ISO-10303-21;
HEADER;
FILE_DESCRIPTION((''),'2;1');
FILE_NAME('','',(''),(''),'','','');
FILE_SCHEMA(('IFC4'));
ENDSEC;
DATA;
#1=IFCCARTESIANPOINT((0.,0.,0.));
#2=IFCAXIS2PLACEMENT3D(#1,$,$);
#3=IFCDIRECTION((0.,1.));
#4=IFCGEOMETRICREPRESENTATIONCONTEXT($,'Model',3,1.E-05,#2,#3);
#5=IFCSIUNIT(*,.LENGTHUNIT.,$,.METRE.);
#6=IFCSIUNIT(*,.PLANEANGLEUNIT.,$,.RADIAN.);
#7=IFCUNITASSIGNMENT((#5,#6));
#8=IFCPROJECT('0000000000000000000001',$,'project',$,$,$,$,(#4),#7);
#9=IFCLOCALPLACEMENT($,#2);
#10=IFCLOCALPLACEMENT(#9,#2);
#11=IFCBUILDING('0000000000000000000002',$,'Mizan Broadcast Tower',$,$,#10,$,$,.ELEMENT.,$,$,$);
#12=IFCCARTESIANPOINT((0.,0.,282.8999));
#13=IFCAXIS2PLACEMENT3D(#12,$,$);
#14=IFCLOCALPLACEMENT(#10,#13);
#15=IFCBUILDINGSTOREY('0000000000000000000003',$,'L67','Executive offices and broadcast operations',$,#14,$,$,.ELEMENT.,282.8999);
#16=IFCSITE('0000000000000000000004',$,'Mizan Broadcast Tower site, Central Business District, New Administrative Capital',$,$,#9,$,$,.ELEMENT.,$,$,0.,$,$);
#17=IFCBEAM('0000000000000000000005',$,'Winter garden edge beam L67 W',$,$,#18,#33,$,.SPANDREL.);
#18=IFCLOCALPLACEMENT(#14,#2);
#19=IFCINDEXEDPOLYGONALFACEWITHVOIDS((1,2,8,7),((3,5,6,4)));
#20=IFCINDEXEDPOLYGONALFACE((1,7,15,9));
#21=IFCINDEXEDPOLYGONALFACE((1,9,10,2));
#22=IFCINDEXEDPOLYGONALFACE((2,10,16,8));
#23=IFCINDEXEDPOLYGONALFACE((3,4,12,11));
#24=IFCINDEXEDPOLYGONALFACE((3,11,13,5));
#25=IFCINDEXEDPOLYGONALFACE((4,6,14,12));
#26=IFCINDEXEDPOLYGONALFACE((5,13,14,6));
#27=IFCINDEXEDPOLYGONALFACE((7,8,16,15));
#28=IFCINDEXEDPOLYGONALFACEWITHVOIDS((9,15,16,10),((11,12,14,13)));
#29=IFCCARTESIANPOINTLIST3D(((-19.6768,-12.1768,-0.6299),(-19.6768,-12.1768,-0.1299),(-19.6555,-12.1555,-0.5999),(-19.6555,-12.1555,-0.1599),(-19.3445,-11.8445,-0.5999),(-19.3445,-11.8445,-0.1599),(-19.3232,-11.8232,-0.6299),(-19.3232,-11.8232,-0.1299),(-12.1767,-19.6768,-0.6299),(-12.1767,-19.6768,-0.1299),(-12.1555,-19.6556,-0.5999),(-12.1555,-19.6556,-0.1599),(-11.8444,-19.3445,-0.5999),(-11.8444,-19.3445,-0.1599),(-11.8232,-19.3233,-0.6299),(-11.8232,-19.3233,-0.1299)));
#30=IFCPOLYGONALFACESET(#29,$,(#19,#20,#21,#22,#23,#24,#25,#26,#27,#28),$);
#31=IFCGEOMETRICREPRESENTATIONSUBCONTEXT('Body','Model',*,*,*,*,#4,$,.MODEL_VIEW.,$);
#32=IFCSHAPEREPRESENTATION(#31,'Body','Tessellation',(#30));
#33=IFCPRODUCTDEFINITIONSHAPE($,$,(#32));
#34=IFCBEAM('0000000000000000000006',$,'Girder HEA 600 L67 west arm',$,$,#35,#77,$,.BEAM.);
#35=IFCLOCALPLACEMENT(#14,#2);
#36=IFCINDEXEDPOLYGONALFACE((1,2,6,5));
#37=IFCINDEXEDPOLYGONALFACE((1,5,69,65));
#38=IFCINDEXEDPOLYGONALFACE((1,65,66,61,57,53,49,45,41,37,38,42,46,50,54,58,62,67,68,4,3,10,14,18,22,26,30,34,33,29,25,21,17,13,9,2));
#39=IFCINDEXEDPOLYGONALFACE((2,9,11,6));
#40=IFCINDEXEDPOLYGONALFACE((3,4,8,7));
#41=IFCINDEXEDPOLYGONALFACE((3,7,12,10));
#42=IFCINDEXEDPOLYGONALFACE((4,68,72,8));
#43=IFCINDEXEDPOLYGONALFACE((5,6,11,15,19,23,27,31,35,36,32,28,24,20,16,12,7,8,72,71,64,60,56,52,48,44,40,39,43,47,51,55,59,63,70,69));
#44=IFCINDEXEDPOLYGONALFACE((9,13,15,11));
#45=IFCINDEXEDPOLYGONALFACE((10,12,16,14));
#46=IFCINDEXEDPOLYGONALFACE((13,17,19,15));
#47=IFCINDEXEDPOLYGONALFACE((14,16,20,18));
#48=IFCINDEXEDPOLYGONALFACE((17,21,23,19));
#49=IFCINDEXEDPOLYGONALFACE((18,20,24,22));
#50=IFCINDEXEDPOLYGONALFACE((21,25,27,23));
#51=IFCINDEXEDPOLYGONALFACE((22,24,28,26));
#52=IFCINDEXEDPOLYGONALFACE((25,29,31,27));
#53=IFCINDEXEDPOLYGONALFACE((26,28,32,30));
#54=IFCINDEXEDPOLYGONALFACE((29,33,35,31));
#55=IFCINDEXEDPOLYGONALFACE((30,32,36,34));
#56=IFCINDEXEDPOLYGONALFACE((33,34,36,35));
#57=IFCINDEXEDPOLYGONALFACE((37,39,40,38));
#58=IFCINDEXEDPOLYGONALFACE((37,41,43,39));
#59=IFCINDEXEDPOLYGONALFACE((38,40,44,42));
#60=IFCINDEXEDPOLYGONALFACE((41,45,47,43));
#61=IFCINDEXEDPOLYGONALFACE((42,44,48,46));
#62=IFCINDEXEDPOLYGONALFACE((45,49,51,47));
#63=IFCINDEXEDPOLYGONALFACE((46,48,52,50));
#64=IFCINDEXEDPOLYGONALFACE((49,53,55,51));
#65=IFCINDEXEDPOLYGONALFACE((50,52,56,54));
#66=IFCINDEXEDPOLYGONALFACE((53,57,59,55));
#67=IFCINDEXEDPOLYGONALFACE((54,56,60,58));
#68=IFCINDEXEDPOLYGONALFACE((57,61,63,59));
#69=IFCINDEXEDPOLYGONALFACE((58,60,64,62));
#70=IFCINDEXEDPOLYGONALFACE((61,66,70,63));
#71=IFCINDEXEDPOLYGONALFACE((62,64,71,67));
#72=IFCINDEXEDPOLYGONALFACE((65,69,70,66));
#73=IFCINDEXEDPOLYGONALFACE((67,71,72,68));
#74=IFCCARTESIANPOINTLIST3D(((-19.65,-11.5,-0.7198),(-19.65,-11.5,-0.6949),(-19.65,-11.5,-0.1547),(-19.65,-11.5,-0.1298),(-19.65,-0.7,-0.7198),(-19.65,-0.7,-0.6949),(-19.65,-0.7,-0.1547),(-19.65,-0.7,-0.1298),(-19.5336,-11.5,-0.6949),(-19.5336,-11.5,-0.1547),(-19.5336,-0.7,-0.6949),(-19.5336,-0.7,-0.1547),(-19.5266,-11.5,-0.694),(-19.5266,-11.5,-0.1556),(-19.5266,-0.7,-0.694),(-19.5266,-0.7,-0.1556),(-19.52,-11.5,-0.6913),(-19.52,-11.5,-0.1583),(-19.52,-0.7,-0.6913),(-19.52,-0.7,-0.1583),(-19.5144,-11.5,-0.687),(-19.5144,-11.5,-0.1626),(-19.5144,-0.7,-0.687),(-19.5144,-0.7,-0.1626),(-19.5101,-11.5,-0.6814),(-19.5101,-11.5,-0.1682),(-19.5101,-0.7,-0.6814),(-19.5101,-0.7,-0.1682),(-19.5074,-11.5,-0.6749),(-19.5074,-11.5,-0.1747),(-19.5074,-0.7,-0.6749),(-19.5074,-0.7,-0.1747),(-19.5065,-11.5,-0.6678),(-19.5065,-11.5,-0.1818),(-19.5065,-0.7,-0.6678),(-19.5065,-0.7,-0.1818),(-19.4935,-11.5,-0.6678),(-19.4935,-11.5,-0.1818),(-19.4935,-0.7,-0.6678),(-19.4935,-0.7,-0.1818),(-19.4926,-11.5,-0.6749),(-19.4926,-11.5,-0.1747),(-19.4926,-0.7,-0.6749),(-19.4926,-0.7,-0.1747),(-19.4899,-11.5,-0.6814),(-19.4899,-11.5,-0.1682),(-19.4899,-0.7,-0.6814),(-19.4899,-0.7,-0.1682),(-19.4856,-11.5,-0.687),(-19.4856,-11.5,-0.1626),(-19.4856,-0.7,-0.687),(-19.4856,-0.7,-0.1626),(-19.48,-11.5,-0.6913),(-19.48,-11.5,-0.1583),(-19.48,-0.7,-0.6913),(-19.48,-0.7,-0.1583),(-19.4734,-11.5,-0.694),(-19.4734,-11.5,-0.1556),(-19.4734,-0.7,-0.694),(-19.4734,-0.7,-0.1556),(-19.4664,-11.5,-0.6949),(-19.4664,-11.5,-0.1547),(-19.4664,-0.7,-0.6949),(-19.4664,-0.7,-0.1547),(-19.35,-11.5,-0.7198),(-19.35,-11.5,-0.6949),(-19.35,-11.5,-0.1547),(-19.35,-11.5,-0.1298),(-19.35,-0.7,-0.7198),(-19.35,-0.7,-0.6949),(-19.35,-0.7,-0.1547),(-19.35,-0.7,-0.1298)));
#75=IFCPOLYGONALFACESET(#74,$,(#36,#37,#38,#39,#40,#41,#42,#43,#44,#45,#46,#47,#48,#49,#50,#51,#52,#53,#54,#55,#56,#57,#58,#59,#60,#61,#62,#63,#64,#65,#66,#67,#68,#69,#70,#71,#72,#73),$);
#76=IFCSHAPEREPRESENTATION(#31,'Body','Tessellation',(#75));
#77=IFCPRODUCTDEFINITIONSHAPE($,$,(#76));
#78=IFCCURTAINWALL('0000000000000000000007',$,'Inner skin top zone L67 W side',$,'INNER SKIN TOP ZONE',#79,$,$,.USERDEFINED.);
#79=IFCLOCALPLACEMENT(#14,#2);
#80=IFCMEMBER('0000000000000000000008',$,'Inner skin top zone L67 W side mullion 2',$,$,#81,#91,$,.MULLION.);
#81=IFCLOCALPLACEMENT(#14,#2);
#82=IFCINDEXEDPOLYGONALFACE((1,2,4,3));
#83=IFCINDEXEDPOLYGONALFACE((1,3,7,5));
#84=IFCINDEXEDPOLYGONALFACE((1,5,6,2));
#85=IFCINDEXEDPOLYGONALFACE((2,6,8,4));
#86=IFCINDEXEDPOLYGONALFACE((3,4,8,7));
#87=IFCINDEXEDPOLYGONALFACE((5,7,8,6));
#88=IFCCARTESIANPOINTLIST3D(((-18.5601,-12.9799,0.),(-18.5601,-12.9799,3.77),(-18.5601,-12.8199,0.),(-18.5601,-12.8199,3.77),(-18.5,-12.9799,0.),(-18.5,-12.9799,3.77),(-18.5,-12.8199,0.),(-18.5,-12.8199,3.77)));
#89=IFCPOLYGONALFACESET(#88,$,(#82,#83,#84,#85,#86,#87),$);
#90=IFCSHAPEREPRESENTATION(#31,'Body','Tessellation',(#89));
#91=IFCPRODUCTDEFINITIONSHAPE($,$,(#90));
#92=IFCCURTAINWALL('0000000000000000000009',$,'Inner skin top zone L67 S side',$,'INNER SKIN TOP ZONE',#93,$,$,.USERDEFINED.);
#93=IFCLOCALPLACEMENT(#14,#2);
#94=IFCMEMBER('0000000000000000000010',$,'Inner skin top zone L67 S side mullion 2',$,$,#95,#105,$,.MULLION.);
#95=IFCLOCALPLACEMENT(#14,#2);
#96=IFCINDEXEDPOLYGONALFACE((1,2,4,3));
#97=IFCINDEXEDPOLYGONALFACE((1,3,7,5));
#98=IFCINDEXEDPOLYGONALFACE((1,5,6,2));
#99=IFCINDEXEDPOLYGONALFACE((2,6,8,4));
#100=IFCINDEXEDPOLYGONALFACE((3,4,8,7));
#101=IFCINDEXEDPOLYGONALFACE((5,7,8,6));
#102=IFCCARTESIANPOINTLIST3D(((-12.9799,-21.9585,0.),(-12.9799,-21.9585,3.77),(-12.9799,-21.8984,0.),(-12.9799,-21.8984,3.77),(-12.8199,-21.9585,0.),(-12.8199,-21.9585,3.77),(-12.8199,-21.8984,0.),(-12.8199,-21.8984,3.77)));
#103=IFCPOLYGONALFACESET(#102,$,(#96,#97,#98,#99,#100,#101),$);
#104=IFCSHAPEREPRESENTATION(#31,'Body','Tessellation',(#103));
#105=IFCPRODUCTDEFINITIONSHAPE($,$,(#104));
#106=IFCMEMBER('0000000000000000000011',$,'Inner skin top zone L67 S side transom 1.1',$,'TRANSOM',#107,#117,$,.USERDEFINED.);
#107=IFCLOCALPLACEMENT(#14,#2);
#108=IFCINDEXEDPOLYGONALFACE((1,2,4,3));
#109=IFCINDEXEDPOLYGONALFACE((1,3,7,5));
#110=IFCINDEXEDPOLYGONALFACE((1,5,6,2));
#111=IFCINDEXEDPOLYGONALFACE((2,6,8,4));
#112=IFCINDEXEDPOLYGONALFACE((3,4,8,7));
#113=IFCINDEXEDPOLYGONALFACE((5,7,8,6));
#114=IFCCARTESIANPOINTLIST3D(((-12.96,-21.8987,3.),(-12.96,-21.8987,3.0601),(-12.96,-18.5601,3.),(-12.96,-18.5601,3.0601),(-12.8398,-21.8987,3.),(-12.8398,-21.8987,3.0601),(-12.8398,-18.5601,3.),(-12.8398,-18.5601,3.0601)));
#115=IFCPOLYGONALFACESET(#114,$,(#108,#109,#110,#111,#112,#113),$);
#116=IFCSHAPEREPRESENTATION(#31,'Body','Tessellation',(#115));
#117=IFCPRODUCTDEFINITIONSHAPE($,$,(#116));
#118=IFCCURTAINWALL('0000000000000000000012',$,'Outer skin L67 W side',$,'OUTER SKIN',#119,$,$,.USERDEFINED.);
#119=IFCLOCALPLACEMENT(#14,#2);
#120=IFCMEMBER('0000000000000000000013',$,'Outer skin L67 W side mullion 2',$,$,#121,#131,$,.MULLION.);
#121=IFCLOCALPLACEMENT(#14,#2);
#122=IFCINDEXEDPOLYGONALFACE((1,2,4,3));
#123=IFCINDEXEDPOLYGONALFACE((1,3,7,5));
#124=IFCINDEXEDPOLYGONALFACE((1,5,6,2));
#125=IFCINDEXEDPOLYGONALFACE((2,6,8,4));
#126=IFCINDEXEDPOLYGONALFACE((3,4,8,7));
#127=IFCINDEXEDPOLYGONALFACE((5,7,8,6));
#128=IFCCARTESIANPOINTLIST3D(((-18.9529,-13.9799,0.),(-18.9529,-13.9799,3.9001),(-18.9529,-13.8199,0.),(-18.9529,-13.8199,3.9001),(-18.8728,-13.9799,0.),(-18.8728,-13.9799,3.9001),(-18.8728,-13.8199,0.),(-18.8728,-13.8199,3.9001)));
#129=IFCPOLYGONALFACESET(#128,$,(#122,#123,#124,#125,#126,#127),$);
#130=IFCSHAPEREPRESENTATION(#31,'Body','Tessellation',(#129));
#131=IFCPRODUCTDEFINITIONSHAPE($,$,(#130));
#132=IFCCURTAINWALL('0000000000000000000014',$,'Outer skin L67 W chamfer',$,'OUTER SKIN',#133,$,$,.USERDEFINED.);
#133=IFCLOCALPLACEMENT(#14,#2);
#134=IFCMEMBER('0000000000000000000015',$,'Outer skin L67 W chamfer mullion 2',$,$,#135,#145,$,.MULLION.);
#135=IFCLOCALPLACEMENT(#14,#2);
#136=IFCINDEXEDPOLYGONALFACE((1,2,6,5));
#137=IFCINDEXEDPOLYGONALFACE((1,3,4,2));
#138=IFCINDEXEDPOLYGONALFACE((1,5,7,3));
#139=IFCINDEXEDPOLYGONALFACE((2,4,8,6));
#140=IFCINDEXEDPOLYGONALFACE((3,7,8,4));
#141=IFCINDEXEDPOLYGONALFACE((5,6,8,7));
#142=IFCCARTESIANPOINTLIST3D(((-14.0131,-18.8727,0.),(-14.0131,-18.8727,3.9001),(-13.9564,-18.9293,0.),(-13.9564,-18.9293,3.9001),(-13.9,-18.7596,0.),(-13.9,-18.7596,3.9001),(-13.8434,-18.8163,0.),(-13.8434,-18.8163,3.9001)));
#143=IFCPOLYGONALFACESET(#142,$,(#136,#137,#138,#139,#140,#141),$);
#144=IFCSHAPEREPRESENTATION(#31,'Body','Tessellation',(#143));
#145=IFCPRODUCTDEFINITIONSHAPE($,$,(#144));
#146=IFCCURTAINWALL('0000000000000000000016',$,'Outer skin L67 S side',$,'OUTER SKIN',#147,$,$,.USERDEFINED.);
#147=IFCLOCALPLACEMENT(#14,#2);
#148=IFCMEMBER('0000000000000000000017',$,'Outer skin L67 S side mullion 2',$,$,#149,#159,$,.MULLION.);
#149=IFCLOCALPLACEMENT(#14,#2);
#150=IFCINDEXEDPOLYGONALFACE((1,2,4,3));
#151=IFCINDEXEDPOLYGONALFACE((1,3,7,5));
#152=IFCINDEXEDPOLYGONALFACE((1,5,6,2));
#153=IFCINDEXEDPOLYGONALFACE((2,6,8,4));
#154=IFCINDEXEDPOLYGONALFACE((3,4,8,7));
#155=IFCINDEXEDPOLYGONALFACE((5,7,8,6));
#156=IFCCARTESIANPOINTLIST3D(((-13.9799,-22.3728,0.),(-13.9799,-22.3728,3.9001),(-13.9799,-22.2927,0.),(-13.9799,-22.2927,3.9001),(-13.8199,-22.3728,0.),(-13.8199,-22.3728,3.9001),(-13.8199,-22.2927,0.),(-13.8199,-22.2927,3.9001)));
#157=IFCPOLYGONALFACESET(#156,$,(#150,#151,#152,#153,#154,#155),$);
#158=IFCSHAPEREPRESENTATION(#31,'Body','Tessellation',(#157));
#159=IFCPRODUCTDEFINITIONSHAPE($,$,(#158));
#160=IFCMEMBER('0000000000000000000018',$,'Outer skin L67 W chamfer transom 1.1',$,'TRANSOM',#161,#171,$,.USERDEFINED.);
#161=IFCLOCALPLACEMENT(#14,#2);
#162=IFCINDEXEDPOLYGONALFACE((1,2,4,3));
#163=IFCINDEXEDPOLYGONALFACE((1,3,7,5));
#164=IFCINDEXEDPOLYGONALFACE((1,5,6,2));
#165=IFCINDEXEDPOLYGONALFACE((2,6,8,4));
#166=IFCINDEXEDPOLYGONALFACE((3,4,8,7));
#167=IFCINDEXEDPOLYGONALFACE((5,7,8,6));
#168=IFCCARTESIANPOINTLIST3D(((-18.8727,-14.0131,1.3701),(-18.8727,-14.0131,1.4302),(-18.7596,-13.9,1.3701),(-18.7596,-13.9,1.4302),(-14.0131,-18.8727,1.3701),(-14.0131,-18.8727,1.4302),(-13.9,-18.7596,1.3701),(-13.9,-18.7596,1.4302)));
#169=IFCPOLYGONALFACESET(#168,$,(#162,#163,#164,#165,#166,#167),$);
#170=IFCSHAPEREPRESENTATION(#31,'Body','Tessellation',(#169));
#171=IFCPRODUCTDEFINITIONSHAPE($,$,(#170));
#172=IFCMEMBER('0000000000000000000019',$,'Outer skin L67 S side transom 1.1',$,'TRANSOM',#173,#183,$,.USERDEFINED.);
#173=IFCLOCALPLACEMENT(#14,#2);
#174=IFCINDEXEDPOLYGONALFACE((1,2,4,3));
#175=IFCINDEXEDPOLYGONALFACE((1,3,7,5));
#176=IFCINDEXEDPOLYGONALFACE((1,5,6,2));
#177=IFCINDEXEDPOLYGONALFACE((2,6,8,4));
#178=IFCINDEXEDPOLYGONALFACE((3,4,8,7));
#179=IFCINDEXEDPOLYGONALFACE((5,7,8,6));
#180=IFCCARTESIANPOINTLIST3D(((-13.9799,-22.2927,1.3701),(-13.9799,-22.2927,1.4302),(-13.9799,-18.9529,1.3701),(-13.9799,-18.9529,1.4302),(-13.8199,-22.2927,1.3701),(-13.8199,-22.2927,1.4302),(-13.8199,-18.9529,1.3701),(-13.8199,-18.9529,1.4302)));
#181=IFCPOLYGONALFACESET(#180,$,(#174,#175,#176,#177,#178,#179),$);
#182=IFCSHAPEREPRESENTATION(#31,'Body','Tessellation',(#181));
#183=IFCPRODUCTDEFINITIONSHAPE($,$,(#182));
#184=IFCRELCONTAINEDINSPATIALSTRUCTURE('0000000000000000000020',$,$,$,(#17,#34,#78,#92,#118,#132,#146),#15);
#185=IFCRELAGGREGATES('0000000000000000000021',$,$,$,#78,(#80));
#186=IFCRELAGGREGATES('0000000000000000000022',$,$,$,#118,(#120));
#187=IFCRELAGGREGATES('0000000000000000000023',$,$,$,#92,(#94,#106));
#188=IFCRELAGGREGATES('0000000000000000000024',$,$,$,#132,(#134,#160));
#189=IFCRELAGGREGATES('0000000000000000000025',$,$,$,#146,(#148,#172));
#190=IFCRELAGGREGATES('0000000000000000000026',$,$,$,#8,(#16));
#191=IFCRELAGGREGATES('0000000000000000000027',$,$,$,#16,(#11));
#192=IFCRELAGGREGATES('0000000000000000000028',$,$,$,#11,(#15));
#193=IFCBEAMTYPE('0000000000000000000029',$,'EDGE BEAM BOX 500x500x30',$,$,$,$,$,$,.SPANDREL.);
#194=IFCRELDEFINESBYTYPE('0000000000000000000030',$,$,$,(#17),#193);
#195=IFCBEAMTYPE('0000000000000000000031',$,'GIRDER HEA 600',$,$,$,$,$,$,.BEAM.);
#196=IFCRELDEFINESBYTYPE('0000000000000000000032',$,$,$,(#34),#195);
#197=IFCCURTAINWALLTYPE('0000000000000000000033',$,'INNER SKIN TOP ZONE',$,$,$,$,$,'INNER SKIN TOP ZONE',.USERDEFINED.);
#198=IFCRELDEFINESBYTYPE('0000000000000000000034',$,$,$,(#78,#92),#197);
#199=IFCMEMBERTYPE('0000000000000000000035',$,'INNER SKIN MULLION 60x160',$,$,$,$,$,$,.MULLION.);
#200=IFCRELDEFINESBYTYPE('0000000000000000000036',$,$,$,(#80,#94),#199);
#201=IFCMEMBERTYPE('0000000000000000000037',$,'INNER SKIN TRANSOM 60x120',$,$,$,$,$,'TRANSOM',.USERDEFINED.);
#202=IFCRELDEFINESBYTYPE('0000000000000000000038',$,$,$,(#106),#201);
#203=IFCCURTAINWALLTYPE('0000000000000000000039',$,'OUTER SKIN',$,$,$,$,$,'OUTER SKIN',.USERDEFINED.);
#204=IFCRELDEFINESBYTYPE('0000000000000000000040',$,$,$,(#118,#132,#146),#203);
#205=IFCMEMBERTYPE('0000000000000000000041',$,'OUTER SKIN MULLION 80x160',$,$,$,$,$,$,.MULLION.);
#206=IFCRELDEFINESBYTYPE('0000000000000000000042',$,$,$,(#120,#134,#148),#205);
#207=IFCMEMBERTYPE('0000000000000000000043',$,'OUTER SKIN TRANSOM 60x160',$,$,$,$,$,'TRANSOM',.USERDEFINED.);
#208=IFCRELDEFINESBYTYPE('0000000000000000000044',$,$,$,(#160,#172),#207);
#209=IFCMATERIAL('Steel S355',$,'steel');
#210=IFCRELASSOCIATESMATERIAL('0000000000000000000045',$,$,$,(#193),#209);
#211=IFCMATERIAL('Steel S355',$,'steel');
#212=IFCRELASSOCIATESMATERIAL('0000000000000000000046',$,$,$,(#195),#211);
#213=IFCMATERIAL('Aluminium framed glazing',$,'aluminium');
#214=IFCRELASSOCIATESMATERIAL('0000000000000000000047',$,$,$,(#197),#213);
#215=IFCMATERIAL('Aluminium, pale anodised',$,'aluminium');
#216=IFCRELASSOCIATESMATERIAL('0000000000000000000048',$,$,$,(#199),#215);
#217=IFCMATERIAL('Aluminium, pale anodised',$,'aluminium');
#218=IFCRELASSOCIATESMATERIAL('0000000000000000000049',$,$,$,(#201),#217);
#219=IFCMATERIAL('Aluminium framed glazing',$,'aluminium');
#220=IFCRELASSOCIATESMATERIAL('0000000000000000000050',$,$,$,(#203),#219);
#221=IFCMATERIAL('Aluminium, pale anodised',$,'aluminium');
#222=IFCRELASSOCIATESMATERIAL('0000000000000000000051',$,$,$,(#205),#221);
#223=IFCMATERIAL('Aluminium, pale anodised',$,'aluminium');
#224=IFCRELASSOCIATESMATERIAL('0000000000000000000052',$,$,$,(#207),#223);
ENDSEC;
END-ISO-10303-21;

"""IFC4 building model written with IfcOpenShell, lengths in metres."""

from ifc_helpers import new_model, si_unit, direction, frame, origin, origin_2d, place, context, subcontext, project, spatial, rectangle, hollow_rectangle, i_section, extrude, material, material_profile, profile_set, type_object, element, aggregate, save


model = new_model("IFC4")

# Units and contexts
model_context = context("Model", 3, precision=1e-05, world=origin(), true_north=direction((0.0, 1.0)))
body_context = subcontext(model_context, "Body", "Model", "MODEL_VIEW")
ifc_project = project(units=[si_unit("LENGTHUNIT", "METRE"), si_unit("PLANEANGLEUNIT", "RADIAN")], contexts=[model_context])

# Site, building, storey
site_placement = place(None, origin())
site = spatial("IfcSite", under=ifc_project, at=site_placement, Name="Mizan Broadcast Tower site, Central Business District, New Administrative Capital", CompositionType="ELEMENT", RefElevation=0.0)
building_placement = place(site_placement, origin())
building = spatial("IfcBuilding", under=site, at=building_placement, Name="Mizan Broadcast Tower", CompositionType="ELEMENT")
storey_placement = place(building_placement, frame((0.0, 0.0, 282.8999)))
storey = spatial("IfcBuildingStorey", under=building, at=storey_placement, Name="L67", Description="Executive offices and broadcast operations", CompositionType="ELEMENT", Elevation=282.8999)

# Beams
ifc_material_1 = material(Name="Steel S355", Category="steel")
ifc_material_profile_1 = material_profile(ifc_material_1, hollow_rectangle(XDim=0.5, YDim=0.5, WallThickness=0.03, at=origin_2d()), Name="BOX 500x500x30")
ifc_profile_set_1 = profile_set([ifc_material_profile_1], Name="Steel S355")
beam_type_1 = type_object("IfcBeamType", Name="EDGE BEAM BOX 500x500x30", PredefinedType="SPANDREL", material=ifc_profile_set_1)
beam_1_placement = place(storey_placement, frame((-19.5, -12.0, -0.3799), z_axis=(0.707107, -0.707107, 0.0), x_axis=(0.707107, 0.707107, 0.0)))
element("IfcBeam", 1, at=beam_1_placement, inside=storey, type_object=beam_type_1, Name="Winter garden edge beam L67 W", PredefinedType="SPANDREL", context=body_context, shape_type="SweptSolid", body=[
    extrude(hollow_rectangle(XDim=0.5, YDim=0.5, WallThickness=0.03, at=origin_2d()), origin(), (0.0, 0.0, 1.0), 10.6067),
])
ifc_material_2 = material(Name="Steel S355", Category="steel")
ifc_material_profile_2 = material_profile(ifc_material_2, i_section(OverallWidth=0.3, OverallDepth=0.5901, WebThickness=0.0129, FlangeThickness=0.0249, FilletRadius=0.0271, at=origin_2d()), Name="HEA 600")
ifc_profile_set_2 = profile_set([ifc_material_profile_2], Name="Steel S355")
beam_type_2 = type_object("IfcBeamType", Name="GIRDER HEA 600", PredefinedType="BEAM", material=ifc_profile_set_2)
beam_2_placement = place(storey_placement, frame((-19.5, -11.5, -0.4248), z_axis=(0.0, 1.0, 0.0), x_axis=(-1.0, 0.0, 0.0)))
element("IfcBeam", 2, at=beam_2_placement, inside=storey, type_object=beam_type_2, Name="Girder HEA 600 L67 west arm", PredefinedType="BEAM", context=body_context, shape_type="SweptSolid", body=[
    extrude(i_section(OverallWidth=0.3, OverallDepth=0.5901, WebThickness=0.0129, FlangeThickness=0.0249, FilletRadius=0.0271, at=origin_2d()), origin(), (0.0, 0.0, 1.0), 10.8),
])

# Curtain wall, member
ifc_material_3 = material(Name="Aluminium framed glazing", Category="aluminium")
curtain_wall_type_1 = type_object("IfcCurtainWallType", Name="INNER SKIN TOP ZONE", ElementType="INNER SKIN TOP ZONE", PredefinedType="USERDEFINED", material=ifc_material_3)
curtain_wall_1_placement = place(storey_placement, origin())
curtain_wall_1 = element("IfcCurtainWall", 3, at=curtain_wall_1_placement, inside=storey, type_object=curtain_wall_type_1, Name="Inner skin top zone L67 W side", ObjectType="INNER SKIN TOP ZONE", PredefinedType="USERDEFINED")
ifc_material_4 = material(Name="Aluminium, pale anodised", Category="aluminium")
ifc_material_profile_3 = material_profile(ifc_material_4, rectangle(XDim=0.1599, YDim=0.0601, at=origin_2d()), Name="MULLION 160x60")
ifc_profile_set_3 = profile_set([ifc_material_profile_3], Name="Aluminium, pale anodised")
member_type_1 = type_object("IfcMemberType", Name="INNER SKIN MULLION 60x160", PredefinedType="MULLION", material=ifc_profile_set_3)
member_1_placement = place(storey_placement, frame((-18.53, -12.8999, 0.0), z_axis=(0.0, 0.0, 1.0), x_axis=(0.0, 1.0, 0.0)))
member_1 = element("IfcMember", 4, at=member_1_placement, type_object=member_type_1, Name="Inner skin top zone L67 W side mullion 2", PredefinedType="MULLION", context=body_context, shape_type="SweptSolid", body=[
    extrude(rectangle(XDim=0.1599, YDim=0.0601, at=origin_2d()), origin(), (0.0, 0.0, 1.0), 3.77),
])
aggregate(curtain_wall_1, [member_1])

# Curtain wall, members
curtain_wall_2_placement = place(storey_placement, origin())
curtain_wall_2 = element("IfcCurtainWall", 5, at=curtain_wall_2_placement, inside=storey, type_object=curtain_wall_type_1, Name="Inner skin top zone L67 S side", ObjectType="INNER SKIN TOP ZONE", PredefinedType="USERDEFINED")
member_2_placement = place(storey_placement, frame((-12.8999, -21.9285, 0.0), z_axis=(0.0, 0.0, 1.0), x_axis=(1.0, 0.0, 0.0)))
member_2 = element("IfcMember", 6, at=member_2_placement, type_object=member_type_1, Name="Inner skin top zone L67 S side mullion 2", PredefinedType="MULLION", context=body_context, shape_type="SweptSolid", body=[
    extrude(rectangle(XDim=0.1599, YDim=0.0601, at=origin_2d()), origin(), (0.0, 0.0, 1.0), 3.77),
])
ifc_material_5 = material(Name="Aluminium, pale anodised", Category="aluminium")
ifc_material_profile_4 = material_profile(ifc_material_5, rectangle(XDim=0.1201, YDim=0.0601, at=origin_2d()), Name="TRANSOM 120x60")
ifc_profile_set_4 = profile_set([ifc_material_profile_4], Name="Aluminium, pale anodised")
member_type_2 = type_object("IfcMemberType", Name="INNER SKIN TRANSOM 60x120", ElementType="TRANSOM", PredefinedType="USERDEFINED", material=ifc_profile_set_4)
member_3_placement = place(storey_placement, frame((-12.8999, -18.5601, 3.03), z_axis=(0.0, -1.0, 0.0), x_axis=(1.0, 0.0, 0.0)))
member_3 = element("IfcMember", 7, at=member_3_placement, type_object=member_type_2, Name="Inner skin top zone L67 S side transom 1.1", ObjectType="TRANSOM", PredefinedType="USERDEFINED", context=body_context, shape_type="SweptSolid", body=[
    extrude(rectangle(XDim=0.1201, YDim=0.0601, at=origin_2d()), origin(), (0.0, 0.0, 1.0), 3.3386),
])

# Curtain walls, members
ifc_material_6 = material(Name="Aluminium framed glazing", Category="aluminium")
curtain_wall_type_2 = type_object("IfcCurtainWallType", Name="OUTER SKIN", ElementType="OUTER SKIN", PredefinedType="USERDEFINED", material=ifc_material_6)
curtain_wall_3_placement = place(storey_placement, origin())
curtain_wall_3 = element("IfcCurtainWall", 8, at=curtain_wall_3_placement, inside=storey, type_object=curtain_wall_type_2, Name="Outer skin L67 W side", ObjectType="OUTER SKIN", PredefinedType="USERDEFINED")
ifc_material_7 = material(Name="Aluminium, pale anodised", Category="aluminium")
ifc_material_profile_5 = material_profile(ifc_material_7, rectangle(XDim=0.1599, YDim=0.0801, at=origin_2d()), Name="MULLION 160x80")
ifc_profile_set_5 = profile_set([ifc_material_profile_5], Name="Aluminium, pale anodised")
member_type_3 = type_object("IfcMemberType", Name="OUTER SKIN MULLION 80x160", PredefinedType="MULLION", material=ifc_profile_set_5)
member_4_placement = place(storey_placement, frame((-18.9128, -13.8999, 0.0), z_axis=(0.0, 0.0, 1.0), x_axis=(0.0, 1.0, 0.0)))
member_4 = element("IfcMember", 9, at=member_4_placement, type_object=member_type_3, Name="Outer skin L67 W side mullion 2", PredefinedType="MULLION", context=body_context, shape_type="SweptSolid", body=[
    extrude(rectangle(XDim=0.1599, YDim=0.0801, at=origin_2d()), origin(), (0.0, 0.0, 1.0), 3.9001),
])
aggregate(curtain_wall_3, [member_4])
curtain_wall_4_placement = place(storey_placement, origin())
curtain_wall_4 = element("IfcCurtainWall", 10, at=curtain_wall_4_placement, inside=storey, type_object=curtain_wall_type_2, Name="Outer skin L67 W chamfer", ObjectType="OUTER SKIN", PredefinedType="USERDEFINED")
member_5_placement = place(storey_placement, frame((-13.9282, -18.8445, 0.0), z_axis=(0.0, 0.0, 1.0), x_axis=(0.707107, 0.707107, 0.0)))
member_5 = element("IfcMember", 11, at=member_5_placement, type_object=member_type_3, Name="Outer skin L67 W chamfer mullion 2", PredefinedType="MULLION", context=body_context, shape_type="SweptSolid", body=[
    extrude(rectangle(XDim=0.1599, YDim=0.0801, at=origin_2d()), origin(), (0.0, 0.0, 1.0), 3.9001),
])
curtain_wall_5_placement = place(storey_placement, origin())
curtain_wall_5 = element("IfcCurtainWall", 12, at=curtain_wall_5_placement, inside=storey, type_object=curtain_wall_type_2, Name="Outer skin L67 S side", ObjectType="OUTER SKIN", PredefinedType="USERDEFINED")
member_6_placement = place(storey_placement, frame((-13.8999, -22.3328, 0.0), z_axis=(0.0, 0.0, 1.0), x_axis=(1.0, 0.0, 0.0)))
member_6 = element("IfcMember", 13, at=member_6_placement, type_object=member_type_3, Name="Outer skin L67 S side mullion 2", PredefinedType="MULLION", context=body_context, shape_type="SweptSolid", body=[
    extrude(rectangle(XDim=0.1599, YDim=0.0801, at=origin_2d()), origin(), (0.0, 0.0, 1.0), 3.9001),
])

# Members
ifc_material_8 = material(Name="Aluminium, pale anodised", Category="aluminium")
ifc_material_profile_6 = material_profile(ifc_material_8, rectangle(XDim=0.1599, YDim=0.0601, at=origin_2d()), Name="TRANSOM 160x60")
ifc_profile_set_6 = profile_set([ifc_material_profile_6], Name="Aluminium, pale anodised")
member_type_4 = type_object("IfcMemberType", Name="OUTER SKIN TRANSOM 60x160", ElementType="TRANSOM", PredefinedType="USERDEFINED", material=ifc_profile_set_6)
member_7_placement = place(storey_placement, frame((-18.8162, -13.9565, 1.4001), z_axis=(0.707107, -0.707107, 0.0), x_axis=(0.707107, 0.707107, 0.0)))
member_7 = element("IfcMember", 14, at=member_7_placement, type_object=member_type_4, Name="Outer skin L67 W chamfer transom 1.1", ObjectType="TRANSOM", PredefinedType="USERDEFINED", context=body_context, shape_type="SweptSolid", body=[
    extrude(rectangle(XDim=0.1599, YDim=0.0601, at=origin_2d()), origin(), (0.0, 0.0, 1.0), 6.8726),
])
member_8_placement = place(storey_placement, frame((-13.8999, -18.9529, 1.4001), z_axis=(0.0, -1.0, 0.0), x_axis=(1.0, 0.0, 0.0)))
member_8 = element("IfcMember", 15, at=member_8_placement, type_object=member_type_4, Name="Outer skin L67 S side transom 1.1", ObjectType="TRANSOM", PredefinedType="USERDEFINED", context=body_context, shape_type="SweptSolid", body=[
    extrude(rectangle(XDim=0.1599, YDim=0.0601, at=origin_2d()), origin(), (0.0, 0.0, 1.0), 3.3398),
])

aggregate(curtain_wall_2, [member_2, member_3])
aggregate(curtain_wall_4, [member_5, member_7])
aggregate(curtain_wall_5, [member_6, member_8])

save(model, "model.ifc")
